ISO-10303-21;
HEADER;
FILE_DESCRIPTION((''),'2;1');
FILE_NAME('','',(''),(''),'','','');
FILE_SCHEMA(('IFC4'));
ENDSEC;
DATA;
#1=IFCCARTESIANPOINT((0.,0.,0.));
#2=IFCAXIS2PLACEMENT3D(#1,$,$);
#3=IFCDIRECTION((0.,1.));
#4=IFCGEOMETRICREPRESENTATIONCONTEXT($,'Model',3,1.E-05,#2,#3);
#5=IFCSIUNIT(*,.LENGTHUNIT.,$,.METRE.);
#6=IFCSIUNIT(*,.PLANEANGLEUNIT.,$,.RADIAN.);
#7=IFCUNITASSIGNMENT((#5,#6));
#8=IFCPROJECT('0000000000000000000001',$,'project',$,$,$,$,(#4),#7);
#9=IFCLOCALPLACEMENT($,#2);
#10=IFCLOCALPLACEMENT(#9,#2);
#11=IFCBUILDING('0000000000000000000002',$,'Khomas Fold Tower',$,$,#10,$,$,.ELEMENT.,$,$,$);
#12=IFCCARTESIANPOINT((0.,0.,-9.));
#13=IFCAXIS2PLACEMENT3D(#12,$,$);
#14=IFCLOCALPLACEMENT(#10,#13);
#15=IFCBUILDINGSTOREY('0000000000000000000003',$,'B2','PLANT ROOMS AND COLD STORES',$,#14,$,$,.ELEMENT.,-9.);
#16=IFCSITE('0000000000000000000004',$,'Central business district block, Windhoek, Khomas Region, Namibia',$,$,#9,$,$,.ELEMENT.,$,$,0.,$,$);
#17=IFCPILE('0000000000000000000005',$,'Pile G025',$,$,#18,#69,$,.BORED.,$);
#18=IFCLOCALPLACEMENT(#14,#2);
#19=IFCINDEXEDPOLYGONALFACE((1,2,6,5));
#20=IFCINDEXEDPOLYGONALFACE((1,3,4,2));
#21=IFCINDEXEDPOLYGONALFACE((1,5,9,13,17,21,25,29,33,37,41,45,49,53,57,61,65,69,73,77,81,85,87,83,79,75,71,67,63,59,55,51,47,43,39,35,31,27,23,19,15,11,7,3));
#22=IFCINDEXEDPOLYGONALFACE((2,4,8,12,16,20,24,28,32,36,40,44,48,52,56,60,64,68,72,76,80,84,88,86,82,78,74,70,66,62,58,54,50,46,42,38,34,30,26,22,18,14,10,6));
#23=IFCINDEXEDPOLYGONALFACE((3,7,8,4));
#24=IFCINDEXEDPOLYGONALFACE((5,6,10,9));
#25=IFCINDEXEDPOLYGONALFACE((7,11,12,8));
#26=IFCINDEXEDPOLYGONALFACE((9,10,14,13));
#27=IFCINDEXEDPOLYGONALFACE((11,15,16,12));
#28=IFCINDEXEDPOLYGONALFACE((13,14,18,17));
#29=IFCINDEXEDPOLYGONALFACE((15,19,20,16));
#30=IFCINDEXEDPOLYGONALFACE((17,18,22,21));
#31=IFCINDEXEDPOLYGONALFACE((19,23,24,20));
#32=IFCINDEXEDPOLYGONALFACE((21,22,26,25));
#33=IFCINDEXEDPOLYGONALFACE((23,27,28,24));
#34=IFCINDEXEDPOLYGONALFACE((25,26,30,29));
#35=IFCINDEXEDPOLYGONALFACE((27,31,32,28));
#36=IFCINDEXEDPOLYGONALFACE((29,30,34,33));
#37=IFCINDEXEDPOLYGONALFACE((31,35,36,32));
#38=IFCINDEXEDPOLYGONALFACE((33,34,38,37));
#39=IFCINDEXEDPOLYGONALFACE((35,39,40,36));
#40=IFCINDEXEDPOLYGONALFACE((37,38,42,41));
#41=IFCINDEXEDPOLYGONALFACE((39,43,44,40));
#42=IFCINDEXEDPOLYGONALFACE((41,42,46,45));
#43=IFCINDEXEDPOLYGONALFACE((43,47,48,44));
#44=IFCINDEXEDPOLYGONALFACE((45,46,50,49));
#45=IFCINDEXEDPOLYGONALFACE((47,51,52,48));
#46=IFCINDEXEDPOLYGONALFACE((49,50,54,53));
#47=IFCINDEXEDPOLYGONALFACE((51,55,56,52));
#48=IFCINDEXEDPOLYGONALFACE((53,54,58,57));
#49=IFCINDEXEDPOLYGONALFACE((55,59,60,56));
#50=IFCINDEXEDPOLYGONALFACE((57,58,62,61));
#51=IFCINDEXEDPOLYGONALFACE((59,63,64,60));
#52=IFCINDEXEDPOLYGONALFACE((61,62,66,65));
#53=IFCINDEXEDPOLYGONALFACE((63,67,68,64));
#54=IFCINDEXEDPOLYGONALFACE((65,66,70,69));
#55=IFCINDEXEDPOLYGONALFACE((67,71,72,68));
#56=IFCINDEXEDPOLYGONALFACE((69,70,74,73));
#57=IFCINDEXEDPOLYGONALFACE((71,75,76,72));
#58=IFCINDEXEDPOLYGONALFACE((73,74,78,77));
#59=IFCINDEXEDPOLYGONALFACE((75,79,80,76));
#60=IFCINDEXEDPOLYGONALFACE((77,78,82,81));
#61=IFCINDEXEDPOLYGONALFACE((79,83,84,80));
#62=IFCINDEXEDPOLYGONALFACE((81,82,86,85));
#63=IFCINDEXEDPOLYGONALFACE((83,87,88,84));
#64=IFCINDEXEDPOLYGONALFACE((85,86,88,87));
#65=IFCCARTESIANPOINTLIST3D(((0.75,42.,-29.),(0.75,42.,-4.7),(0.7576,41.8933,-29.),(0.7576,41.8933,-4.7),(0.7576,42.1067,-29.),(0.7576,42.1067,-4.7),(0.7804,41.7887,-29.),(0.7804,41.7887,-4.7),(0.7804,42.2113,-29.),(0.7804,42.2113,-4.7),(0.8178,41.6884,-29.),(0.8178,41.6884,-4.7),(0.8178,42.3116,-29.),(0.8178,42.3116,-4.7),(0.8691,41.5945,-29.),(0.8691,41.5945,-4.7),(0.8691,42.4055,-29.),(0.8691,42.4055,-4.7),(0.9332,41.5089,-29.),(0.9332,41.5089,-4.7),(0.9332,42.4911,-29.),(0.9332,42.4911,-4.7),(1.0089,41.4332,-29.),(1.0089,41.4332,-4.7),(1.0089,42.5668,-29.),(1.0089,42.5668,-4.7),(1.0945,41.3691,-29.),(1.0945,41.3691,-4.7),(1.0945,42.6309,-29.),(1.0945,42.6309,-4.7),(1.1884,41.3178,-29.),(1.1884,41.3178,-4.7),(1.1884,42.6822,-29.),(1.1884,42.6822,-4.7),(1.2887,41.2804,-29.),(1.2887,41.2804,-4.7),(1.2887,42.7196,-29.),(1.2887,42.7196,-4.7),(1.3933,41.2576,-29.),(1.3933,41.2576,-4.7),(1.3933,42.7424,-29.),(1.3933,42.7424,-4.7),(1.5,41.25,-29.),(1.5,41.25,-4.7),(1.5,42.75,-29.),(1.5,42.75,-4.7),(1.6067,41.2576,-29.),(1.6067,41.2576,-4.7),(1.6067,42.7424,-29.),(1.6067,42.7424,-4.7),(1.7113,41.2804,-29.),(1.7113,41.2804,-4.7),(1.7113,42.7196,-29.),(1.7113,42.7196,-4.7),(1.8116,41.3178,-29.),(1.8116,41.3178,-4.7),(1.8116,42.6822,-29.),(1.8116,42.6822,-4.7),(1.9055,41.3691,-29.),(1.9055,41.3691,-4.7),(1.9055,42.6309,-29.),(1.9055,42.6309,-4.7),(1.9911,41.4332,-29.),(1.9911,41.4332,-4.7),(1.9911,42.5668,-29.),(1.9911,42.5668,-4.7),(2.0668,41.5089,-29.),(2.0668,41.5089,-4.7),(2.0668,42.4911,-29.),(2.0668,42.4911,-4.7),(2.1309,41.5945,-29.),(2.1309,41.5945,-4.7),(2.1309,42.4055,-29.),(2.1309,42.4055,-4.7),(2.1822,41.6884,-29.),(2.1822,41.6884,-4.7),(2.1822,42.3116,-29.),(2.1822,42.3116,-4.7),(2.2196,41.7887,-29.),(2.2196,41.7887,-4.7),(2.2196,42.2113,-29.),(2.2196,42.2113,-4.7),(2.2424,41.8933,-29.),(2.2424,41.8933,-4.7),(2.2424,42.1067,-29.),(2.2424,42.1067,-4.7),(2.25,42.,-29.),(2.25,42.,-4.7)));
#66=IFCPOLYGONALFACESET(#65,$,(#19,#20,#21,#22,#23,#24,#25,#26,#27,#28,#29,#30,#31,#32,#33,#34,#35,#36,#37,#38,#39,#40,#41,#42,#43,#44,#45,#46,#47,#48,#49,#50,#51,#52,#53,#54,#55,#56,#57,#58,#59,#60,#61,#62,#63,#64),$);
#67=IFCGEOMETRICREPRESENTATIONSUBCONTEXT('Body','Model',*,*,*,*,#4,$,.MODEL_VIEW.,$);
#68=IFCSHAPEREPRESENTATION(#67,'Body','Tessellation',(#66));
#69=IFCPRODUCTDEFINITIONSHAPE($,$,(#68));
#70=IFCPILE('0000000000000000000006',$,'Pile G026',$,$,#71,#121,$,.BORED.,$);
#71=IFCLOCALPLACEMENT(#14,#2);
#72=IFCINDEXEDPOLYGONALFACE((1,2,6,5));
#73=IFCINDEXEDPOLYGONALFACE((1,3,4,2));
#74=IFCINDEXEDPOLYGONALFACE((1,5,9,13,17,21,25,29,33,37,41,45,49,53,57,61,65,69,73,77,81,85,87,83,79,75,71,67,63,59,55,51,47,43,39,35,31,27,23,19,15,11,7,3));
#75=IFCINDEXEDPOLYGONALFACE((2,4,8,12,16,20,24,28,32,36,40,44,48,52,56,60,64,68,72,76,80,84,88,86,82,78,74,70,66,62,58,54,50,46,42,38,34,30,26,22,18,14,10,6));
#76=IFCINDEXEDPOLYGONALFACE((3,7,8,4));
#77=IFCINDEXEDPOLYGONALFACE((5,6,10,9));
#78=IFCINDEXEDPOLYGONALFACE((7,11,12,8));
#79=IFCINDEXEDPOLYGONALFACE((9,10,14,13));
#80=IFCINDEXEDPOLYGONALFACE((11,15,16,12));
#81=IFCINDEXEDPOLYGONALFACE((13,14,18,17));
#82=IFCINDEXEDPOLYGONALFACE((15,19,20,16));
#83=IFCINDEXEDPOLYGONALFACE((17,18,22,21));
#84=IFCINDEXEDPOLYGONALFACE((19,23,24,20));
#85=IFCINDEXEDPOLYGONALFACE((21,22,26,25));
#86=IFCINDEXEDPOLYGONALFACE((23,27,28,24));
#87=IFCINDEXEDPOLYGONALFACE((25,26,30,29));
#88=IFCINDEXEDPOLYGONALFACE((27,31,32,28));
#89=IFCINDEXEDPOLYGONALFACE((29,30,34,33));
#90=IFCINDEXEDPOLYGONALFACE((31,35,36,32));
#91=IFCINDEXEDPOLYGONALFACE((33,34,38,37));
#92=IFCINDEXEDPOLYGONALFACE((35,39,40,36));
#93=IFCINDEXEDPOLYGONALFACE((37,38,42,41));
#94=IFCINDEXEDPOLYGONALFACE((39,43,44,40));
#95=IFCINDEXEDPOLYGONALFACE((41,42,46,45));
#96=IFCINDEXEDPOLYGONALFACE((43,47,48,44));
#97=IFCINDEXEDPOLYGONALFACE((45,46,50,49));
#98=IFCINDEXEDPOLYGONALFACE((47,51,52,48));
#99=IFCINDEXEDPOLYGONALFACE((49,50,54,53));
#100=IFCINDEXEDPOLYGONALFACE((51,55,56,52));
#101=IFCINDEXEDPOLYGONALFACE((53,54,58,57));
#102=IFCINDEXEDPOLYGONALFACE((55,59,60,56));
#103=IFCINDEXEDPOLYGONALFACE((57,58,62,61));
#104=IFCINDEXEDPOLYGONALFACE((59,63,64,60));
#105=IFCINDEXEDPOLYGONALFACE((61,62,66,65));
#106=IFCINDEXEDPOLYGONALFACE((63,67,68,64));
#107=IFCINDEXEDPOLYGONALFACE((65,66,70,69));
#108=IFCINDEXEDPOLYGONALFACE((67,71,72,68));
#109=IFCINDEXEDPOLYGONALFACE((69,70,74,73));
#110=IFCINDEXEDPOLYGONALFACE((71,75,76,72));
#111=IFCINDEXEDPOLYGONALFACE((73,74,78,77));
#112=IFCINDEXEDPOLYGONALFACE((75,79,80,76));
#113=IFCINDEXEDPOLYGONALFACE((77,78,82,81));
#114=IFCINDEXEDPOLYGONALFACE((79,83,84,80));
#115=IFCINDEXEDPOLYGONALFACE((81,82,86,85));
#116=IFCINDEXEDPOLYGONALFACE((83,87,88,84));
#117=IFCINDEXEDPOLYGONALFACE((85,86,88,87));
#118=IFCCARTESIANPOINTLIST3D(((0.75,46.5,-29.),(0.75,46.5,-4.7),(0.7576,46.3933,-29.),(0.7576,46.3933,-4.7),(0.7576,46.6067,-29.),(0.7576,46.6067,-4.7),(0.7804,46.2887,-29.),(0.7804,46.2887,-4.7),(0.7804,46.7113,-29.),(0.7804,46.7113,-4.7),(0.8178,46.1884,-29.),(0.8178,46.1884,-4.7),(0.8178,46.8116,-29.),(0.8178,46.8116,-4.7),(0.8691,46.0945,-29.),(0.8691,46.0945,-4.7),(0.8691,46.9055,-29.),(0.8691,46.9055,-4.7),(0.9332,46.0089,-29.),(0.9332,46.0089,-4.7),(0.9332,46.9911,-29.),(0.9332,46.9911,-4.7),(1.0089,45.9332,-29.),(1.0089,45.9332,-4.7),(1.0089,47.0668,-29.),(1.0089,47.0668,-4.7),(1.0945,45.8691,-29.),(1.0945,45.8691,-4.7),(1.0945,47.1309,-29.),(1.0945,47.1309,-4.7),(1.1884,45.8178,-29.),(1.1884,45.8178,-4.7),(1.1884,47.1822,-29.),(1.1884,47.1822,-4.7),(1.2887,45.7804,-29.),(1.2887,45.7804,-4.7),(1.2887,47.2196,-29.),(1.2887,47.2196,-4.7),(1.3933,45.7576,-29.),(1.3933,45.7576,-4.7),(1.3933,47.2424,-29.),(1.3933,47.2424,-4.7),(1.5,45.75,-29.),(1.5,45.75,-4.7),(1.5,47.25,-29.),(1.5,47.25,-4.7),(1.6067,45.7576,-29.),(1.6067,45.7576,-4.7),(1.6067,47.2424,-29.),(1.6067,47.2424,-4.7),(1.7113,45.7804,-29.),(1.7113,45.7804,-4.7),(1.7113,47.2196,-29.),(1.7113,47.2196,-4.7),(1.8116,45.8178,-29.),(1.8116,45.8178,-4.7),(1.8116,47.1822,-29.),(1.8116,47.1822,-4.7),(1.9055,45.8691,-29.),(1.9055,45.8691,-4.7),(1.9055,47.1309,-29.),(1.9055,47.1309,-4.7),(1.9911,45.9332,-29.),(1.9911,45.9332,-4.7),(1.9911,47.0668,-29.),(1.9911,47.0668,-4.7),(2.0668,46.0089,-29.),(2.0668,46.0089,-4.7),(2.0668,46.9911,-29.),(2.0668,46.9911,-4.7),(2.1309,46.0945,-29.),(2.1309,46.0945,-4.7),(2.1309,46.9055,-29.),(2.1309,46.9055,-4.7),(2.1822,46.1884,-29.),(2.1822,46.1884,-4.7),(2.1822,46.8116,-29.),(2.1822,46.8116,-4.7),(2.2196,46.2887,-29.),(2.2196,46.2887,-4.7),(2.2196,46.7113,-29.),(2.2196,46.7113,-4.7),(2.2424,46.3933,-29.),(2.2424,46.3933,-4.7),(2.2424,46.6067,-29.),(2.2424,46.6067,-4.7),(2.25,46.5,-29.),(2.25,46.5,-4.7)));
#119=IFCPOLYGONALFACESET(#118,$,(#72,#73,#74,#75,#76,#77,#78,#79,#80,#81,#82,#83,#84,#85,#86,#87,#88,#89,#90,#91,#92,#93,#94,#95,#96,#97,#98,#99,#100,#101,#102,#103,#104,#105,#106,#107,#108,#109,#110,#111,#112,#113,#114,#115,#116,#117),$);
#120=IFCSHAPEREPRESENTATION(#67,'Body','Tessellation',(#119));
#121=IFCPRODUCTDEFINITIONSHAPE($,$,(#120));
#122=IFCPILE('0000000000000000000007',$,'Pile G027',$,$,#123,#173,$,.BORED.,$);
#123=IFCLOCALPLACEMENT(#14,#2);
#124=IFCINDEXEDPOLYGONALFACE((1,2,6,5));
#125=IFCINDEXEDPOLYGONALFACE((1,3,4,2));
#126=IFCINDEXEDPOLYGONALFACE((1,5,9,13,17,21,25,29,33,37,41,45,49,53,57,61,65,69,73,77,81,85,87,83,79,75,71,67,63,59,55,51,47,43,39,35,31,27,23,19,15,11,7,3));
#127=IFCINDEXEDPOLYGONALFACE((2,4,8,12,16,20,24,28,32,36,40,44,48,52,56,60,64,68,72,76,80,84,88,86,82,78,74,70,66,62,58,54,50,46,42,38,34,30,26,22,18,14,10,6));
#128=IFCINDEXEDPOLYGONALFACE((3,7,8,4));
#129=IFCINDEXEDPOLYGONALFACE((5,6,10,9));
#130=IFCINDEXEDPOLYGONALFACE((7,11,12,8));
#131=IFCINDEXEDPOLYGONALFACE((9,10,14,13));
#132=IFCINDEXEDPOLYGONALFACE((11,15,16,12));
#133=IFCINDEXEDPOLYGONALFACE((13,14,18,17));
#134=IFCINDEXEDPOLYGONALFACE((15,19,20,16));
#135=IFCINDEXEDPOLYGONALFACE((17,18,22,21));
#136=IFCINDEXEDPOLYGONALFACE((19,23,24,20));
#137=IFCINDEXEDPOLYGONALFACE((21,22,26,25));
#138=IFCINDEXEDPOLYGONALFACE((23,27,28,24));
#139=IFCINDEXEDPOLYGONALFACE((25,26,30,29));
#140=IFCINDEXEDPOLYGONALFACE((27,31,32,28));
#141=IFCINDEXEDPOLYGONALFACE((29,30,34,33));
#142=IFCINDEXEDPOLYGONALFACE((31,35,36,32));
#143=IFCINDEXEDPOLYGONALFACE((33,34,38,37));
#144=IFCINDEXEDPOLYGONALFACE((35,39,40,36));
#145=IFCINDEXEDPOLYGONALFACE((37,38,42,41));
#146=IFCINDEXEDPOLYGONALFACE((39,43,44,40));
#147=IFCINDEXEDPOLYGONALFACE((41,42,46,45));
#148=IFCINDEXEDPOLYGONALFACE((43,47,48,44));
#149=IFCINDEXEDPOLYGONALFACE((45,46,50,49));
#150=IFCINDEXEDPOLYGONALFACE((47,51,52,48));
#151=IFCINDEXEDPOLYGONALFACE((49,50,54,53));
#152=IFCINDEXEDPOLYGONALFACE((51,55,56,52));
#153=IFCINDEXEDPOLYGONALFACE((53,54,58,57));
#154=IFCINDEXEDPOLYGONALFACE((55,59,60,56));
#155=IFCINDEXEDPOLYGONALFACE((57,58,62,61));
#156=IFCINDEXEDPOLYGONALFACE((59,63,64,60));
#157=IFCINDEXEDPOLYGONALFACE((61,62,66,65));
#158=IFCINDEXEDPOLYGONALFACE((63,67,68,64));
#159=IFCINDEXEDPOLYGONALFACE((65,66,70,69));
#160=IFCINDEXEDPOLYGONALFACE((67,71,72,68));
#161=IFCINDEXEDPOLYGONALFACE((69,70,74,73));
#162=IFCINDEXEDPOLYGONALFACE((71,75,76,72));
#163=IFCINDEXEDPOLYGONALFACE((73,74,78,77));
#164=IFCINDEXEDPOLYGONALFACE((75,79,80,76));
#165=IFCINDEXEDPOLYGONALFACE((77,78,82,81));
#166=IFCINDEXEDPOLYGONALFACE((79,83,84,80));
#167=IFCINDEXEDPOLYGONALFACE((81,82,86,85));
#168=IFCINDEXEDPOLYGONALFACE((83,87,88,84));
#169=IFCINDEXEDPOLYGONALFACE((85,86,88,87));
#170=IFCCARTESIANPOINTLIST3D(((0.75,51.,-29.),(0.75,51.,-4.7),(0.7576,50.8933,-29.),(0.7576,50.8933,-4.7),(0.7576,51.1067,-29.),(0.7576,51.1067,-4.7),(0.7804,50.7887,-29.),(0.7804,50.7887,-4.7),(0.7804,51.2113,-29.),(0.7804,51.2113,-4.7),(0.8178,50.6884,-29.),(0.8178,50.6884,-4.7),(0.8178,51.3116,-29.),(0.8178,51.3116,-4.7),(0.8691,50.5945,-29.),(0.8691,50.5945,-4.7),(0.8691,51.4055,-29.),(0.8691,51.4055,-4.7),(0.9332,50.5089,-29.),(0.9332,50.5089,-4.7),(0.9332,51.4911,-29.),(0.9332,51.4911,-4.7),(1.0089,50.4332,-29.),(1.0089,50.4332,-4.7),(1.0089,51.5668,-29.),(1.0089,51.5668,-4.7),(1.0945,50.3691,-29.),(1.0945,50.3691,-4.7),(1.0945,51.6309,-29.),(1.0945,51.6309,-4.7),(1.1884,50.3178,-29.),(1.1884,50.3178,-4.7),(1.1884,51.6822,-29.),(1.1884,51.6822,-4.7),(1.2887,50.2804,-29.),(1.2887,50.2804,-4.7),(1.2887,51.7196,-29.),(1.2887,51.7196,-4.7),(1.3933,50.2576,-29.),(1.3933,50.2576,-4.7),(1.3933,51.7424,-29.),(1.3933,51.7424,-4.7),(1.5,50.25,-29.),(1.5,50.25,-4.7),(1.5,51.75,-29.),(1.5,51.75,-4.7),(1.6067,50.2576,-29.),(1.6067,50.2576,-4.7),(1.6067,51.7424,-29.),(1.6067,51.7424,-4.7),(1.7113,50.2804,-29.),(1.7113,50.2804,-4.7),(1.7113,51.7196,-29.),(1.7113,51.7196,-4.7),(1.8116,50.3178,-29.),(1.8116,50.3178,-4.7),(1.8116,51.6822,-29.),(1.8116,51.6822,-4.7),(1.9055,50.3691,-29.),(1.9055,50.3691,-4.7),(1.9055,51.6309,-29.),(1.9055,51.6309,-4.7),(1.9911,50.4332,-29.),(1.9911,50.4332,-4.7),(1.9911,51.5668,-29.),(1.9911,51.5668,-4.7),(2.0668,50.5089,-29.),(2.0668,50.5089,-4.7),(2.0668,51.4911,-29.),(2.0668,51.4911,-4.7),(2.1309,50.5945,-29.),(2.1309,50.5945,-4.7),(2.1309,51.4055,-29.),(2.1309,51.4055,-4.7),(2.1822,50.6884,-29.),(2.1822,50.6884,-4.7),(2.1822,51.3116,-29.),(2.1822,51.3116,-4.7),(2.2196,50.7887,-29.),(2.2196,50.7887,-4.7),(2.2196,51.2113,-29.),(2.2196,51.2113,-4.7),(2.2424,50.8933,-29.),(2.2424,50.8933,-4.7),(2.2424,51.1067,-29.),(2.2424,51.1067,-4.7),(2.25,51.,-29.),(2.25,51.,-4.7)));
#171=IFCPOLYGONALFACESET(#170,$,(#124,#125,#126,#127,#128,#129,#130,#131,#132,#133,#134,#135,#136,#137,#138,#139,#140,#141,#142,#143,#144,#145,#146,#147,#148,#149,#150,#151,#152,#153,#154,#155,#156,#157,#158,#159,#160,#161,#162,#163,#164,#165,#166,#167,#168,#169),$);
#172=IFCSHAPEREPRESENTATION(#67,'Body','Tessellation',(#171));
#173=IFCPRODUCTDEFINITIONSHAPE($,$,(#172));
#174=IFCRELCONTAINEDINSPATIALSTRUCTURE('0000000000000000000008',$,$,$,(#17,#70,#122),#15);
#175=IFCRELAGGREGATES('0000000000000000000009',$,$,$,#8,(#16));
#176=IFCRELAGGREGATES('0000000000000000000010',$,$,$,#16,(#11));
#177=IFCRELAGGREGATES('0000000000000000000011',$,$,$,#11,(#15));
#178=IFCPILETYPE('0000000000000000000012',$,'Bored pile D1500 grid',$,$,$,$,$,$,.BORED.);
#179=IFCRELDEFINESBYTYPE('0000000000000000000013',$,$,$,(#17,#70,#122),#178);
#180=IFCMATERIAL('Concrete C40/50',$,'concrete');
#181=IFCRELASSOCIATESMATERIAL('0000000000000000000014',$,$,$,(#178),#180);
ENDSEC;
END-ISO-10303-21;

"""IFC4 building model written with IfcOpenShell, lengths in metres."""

from ifc_helpers import new_model, si_unit, direction, frame, origin, origin_2d, place, context, subcontext, project, spatial, circle, extrude, source, transform, mapped, material, material_profile, profile_set, type_object, element, save


model = new_model("IFC4")

# Units and contexts
model_context = context("Model", 3, precision=1e-05, world=origin(), true_north=direction((0.0, 1.0)))
body_context = subcontext(model_context, "Body", "Model", "MODEL_VIEW")
ifc_project = project(units=[si_unit("LENGTHUNIT", "METRE"), si_unit("PLANEANGLEUNIT", "RADIAN")], contexts=[model_context])

# Site, building, storey
site_placement = place(None, origin())
site = spatial("IfcSite", under=ifc_project, at=site_placement, Name="Central business district block, Windhoek, Khomas Region, Namibia", CompositionType="ELEMENT", RefElevation=0.0)
building_placement = place(site_placement, origin())
building = spatial("IfcBuilding", under=site, at=building_placement, Name="Khomas Fold Tower", CompositionType="ELEMENT")
storey_placement = place(building_placement, frame((0.0, 0.0, -9.0)))
storey = spatial("IfcBuildingStorey", under=building, at=storey_placement, Name="B2", Description="PLANT ROOMS AND COLD STORES", CompositionType="ELEMENT", Elevation=-9.0)

# Piles
ifc_material_1 = material(Name="Concrete C40/50", Category="concrete")
ifc_material_profile_1 = material_profile(ifc_material_1, circle(Radius=0.75, at=origin_2d()), Name="PILE D1500")
ifc_profile_set_1 = profile_set([ifc_material_profile_1], Name="Concrete C40/50")
pile_type = type_object("IfcPileType", Name="Bored pile D1500 grid", PredefinedType="BORED", material=ifc_profile_set_1)
shared_shape_1 = source(origin(), body_context, "Body", "SweptSolid", [
    extrude(circle(Radius=0.75, at=origin_2d()), origin(), (0.0, 0.0, 1.0), 24.3),
])
for number, where, z_axis, x_axis, name in (
    (1, (1.5, 42.0, -4.7), (0.0, 0.0, -1.0), (1.0, 0.0, 0.0), "Pile G025"),
    (2, (1.5, 46.5, -4.7), (0.0, 0.0, -1.0), (1.0, 0.0, 0.0), "Pile G026"),
    (3, (1.5, 51.0, -4.7), (0.0, 0.0, -1.0), (1.0, 0.0, 0.0), "Pile G027"),
):
    element("IfcPile", number, at=place(storey_placement, frame(where, z_axis=z_axis, x_axis=x_axis)), inside=storey, type_object=pile_type, Name=name, PredefinedType="BORED", context=body_context, shape_type="MappedRepresentation", body=[
        mapped(shared_shape_1, transform((0.0, 0.0, 0.0))),
    ])

save(model, "model.ifc")
